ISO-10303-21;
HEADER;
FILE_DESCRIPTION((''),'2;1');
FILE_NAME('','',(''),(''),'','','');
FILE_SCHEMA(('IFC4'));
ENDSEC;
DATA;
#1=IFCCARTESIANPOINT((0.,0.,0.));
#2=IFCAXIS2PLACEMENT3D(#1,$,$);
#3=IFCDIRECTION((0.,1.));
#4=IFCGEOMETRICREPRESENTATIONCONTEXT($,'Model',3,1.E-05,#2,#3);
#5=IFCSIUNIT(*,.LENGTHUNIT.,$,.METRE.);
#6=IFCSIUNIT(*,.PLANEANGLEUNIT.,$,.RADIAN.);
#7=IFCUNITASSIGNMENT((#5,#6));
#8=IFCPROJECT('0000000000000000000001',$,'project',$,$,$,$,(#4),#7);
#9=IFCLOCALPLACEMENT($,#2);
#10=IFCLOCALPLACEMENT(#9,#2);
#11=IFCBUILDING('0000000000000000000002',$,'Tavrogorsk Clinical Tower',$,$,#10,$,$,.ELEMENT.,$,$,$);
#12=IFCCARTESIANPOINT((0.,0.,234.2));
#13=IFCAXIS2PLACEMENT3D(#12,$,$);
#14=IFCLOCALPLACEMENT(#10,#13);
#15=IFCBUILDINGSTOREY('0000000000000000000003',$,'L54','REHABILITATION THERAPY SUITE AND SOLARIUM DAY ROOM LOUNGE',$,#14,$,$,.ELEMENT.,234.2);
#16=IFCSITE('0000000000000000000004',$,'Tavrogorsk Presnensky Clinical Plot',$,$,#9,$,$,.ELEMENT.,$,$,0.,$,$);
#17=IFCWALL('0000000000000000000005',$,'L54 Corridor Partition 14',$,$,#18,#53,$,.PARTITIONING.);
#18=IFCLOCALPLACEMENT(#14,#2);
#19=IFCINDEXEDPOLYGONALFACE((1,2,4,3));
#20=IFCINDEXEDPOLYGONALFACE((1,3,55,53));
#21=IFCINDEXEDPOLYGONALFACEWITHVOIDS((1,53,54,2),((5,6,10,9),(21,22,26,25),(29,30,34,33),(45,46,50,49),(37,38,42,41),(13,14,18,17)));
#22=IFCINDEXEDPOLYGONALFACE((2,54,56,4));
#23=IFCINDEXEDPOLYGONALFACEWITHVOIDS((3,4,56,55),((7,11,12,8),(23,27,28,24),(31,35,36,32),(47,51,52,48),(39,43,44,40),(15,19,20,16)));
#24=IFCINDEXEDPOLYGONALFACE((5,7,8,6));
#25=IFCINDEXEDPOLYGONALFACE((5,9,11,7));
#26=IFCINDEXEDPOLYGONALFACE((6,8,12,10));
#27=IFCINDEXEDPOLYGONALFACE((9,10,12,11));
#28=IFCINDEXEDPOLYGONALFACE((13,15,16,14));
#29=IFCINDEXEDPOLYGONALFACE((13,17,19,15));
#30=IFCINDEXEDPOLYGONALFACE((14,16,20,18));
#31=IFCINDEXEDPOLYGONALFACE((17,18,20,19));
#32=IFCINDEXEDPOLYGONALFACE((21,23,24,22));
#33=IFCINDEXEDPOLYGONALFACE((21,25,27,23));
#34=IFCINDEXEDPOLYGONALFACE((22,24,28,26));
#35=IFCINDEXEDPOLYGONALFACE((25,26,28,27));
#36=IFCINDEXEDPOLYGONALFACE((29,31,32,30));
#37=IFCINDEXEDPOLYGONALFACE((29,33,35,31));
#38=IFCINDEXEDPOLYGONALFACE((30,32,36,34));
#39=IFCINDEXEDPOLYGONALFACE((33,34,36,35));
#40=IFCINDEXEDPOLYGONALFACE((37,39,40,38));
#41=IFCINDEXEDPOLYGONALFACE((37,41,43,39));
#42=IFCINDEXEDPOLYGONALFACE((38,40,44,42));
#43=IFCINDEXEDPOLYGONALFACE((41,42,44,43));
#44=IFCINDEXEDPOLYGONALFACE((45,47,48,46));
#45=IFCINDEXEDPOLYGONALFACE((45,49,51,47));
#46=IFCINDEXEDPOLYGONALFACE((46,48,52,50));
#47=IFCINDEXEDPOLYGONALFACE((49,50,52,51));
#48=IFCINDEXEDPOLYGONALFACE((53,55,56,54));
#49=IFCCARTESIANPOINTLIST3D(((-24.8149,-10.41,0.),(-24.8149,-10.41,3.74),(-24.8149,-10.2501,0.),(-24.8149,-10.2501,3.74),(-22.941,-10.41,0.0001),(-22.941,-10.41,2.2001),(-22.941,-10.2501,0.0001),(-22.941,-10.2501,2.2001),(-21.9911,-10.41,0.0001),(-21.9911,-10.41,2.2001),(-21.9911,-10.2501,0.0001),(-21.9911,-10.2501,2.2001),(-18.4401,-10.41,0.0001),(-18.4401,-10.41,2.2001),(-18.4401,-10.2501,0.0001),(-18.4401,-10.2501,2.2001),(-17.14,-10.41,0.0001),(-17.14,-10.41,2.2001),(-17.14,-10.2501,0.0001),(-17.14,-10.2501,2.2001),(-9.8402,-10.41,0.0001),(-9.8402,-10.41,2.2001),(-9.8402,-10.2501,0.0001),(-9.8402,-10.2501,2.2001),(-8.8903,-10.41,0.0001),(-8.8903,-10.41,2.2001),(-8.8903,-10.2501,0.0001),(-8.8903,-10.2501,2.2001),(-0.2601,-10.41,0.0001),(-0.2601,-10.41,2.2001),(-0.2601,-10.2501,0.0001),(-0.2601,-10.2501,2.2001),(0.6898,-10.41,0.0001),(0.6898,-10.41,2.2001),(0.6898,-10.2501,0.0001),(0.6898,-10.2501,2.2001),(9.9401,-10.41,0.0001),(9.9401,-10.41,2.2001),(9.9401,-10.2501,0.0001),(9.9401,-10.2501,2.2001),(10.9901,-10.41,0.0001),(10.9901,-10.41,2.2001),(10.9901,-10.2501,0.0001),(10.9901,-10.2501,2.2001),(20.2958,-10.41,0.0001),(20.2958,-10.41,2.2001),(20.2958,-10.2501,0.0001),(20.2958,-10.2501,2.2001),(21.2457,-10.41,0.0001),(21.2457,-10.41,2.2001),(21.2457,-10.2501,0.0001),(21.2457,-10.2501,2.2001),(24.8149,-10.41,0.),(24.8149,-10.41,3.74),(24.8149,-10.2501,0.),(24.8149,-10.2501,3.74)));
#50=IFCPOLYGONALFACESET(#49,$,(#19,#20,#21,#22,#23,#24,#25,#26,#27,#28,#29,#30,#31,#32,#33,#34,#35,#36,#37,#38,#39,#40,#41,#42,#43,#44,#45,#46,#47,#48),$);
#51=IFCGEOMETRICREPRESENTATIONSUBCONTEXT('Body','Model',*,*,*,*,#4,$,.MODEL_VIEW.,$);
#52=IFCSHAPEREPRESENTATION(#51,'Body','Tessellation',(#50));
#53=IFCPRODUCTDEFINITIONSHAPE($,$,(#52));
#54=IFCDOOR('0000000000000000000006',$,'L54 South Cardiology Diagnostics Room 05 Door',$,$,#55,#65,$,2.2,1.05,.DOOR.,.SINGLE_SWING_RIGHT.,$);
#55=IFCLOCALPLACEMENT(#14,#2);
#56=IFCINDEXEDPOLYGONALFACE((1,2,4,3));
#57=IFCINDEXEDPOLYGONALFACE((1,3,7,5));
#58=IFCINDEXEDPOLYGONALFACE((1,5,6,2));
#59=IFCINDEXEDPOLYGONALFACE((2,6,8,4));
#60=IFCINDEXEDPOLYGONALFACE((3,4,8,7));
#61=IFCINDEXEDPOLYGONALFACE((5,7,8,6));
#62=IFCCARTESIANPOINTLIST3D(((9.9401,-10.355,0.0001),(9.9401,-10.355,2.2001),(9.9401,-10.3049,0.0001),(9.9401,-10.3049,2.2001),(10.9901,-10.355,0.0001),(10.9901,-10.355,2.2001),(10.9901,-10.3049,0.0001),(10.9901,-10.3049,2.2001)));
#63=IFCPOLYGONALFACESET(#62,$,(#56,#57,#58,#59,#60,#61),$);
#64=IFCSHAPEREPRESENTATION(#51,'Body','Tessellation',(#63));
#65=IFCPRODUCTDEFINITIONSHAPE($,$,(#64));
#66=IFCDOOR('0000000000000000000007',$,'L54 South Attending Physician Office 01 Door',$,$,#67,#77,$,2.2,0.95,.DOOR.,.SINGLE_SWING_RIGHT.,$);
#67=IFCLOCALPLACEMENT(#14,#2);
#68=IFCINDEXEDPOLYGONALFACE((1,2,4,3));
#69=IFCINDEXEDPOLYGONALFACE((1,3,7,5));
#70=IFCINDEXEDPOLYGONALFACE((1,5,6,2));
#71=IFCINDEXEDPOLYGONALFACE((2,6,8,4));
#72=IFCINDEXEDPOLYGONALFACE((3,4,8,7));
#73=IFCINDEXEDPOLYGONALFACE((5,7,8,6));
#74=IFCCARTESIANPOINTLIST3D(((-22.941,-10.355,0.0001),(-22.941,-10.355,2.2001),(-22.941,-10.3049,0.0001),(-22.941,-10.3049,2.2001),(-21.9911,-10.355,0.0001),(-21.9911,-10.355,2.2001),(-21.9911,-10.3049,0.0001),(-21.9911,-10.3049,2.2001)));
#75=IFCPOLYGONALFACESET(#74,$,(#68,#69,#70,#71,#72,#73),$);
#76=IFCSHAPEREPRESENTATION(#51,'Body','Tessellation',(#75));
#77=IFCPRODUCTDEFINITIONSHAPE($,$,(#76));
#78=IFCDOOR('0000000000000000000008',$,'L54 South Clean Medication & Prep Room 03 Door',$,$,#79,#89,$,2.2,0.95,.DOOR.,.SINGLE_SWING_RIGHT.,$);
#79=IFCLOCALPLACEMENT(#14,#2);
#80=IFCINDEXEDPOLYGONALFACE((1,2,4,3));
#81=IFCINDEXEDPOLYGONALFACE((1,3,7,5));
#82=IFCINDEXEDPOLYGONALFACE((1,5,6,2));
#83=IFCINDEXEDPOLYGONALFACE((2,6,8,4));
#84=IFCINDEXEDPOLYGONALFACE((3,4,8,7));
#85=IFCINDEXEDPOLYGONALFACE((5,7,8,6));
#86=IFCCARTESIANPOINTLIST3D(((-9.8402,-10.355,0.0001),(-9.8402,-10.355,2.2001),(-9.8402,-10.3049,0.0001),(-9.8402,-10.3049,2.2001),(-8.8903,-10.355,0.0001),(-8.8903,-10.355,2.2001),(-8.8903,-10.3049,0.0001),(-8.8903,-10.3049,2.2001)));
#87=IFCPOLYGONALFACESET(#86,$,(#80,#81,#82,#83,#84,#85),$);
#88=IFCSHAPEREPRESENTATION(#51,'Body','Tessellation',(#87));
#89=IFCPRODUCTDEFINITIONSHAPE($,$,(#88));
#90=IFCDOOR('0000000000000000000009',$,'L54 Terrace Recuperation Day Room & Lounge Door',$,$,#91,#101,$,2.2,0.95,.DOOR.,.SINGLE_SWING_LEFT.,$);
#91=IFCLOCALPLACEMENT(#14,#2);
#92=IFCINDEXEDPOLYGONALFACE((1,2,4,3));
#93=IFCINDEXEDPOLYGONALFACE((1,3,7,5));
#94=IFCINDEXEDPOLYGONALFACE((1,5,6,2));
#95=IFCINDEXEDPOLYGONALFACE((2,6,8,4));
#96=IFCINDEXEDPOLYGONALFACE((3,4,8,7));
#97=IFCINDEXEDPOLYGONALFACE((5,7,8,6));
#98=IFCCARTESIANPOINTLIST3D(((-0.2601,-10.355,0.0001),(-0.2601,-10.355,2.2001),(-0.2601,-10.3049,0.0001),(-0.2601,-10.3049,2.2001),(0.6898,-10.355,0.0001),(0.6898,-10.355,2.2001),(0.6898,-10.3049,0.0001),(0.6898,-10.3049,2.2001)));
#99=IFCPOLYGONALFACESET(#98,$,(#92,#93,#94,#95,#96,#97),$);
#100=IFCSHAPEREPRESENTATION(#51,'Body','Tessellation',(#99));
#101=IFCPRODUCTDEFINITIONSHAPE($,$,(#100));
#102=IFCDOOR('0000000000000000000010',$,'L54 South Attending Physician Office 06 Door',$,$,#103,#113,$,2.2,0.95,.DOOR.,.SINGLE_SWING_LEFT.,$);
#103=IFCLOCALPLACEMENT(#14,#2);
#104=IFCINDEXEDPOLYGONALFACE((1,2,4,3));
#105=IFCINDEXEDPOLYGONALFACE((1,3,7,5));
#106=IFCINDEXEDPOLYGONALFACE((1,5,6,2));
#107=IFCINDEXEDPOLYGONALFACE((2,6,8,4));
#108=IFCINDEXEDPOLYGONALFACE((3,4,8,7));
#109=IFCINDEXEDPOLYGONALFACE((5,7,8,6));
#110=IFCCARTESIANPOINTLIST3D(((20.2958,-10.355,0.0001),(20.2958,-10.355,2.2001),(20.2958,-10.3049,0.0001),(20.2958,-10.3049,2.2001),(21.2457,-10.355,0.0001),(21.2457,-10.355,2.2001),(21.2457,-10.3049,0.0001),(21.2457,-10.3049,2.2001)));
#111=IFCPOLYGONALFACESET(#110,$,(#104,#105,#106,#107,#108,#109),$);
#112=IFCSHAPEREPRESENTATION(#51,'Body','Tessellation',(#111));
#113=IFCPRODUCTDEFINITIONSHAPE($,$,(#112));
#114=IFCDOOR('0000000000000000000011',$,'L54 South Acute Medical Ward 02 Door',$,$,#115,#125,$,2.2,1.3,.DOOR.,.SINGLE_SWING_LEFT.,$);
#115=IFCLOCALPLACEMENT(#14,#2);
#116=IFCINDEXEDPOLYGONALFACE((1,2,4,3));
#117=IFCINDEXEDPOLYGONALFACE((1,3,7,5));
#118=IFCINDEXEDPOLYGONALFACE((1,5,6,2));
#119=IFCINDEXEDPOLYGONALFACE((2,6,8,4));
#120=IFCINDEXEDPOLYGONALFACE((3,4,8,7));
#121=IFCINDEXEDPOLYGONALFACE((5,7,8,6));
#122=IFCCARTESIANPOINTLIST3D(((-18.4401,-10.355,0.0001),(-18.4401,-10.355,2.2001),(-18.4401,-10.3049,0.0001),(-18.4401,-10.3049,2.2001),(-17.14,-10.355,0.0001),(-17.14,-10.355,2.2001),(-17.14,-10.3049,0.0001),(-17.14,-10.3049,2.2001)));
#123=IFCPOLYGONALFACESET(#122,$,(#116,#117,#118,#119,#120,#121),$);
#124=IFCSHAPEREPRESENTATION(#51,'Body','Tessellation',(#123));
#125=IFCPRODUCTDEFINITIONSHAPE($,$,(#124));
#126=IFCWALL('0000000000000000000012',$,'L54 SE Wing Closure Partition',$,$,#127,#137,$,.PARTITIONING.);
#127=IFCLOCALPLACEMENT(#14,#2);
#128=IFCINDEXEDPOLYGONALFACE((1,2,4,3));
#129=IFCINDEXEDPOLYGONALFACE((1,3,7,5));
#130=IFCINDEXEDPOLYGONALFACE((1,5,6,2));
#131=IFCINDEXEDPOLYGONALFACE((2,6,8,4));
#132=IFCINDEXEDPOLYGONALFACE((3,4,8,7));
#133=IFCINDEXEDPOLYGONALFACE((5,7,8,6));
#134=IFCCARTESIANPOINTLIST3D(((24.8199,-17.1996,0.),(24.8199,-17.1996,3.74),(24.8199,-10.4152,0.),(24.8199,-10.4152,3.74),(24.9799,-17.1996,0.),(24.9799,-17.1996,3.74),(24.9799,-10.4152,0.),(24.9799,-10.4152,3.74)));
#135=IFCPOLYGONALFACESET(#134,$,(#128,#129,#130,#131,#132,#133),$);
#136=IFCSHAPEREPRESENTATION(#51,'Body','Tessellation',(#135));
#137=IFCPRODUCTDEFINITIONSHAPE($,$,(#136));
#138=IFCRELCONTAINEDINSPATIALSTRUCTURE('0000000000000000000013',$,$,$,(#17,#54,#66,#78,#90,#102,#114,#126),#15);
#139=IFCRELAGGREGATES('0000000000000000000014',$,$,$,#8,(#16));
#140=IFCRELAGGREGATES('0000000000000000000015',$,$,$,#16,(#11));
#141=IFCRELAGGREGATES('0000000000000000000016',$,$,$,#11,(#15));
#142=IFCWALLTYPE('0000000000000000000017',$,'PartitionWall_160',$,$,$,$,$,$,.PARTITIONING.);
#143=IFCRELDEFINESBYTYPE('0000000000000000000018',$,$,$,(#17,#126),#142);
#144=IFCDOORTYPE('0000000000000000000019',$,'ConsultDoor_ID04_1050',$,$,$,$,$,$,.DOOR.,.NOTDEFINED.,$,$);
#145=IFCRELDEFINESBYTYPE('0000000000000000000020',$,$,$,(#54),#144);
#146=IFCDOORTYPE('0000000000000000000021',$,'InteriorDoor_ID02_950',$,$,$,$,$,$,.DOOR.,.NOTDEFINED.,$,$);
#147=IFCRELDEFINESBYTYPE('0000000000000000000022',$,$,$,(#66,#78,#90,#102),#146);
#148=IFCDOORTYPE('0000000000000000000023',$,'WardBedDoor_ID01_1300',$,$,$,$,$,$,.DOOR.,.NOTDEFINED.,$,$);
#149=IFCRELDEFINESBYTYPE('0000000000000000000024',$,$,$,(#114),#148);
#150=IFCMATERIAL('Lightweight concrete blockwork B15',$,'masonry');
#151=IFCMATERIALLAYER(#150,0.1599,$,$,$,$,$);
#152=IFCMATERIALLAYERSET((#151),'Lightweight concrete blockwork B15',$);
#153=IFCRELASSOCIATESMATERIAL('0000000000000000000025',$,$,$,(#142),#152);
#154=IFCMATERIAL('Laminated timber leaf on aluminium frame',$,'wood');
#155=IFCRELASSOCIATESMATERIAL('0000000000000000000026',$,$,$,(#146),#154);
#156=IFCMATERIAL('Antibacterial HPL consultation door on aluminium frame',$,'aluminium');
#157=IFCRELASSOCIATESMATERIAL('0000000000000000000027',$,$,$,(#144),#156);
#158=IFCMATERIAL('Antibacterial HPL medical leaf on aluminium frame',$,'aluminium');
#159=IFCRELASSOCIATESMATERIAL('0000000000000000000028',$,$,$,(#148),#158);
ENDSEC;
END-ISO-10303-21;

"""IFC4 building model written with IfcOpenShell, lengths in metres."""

from ifc_helpers import new_model, si_unit, direction, frame, frame_2d, origin, place, context, subcontext, project, spatial, rectangle, extrude, material, layer, layer_set, type_object, element, fill, save


model = new_model("IFC4")

# Units and contexts
model_context = context("Model", 3, precision=1e-05, world=origin(), true_north=direction((0.0, 1.0)))
body_context = subcontext(model_context, "Body", "Model", "MODEL_VIEW")
ifc_project = project(units=[si_unit("LENGTHUNIT", "METRE"), si_unit("PLANEANGLEUNIT", "RADIAN")], contexts=[model_context])

# Site, building, storey
site_placement = place(None, origin())
site = spatial("IfcSite", under=ifc_project, at=site_placement, Name="Tavrogorsk Presnensky Clinical Plot", CompositionType="ELEMENT", RefElevation=0.0)
building_placement = place(site_placement, origin())
building = spatial("IfcBuilding", under=site, at=building_placement, Name="Tavrogorsk Clinical Tower", CompositionType="ELEMENT")
storey_placement = place(building_placement, frame((0.0, 0.0, 234.2)))
storey = spatial("IfcBuildingStorey", under=building, at=storey_placement, Name="L54", Description="REHABILITATION THERAPY SUITE AND SOLARIUM DAY ROOM LOUNGE", CompositionType="ELEMENT", Elevation=234.2)

# Shared definitions
ifc_material_1 = material(Name="Lightweight concrete blockwork B15", Category="masonry")
ifc_layer_1 = layer(ifc_material_1, 0.1599)
ifc_layer_set_1 = layer_set([ifc_layer_1], Name="Lightweight concrete blockwork B15")
wall_type_1 = type_object("IfcWallType", Name="PartitionWall_160", PredefinedType="PARTITIONING", material=ifc_layer_set_1)

# Shared definitions
ifc_material_2 = material(Name="Laminated timber leaf on aluminium frame", Category="wood")
door_type_1 = type_object("IfcDoorType", Name="InteriorDoor_ID02_950", OperationType="NOTDEFINED", PredefinedType="DOOR", material=ifc_material_2)

# Wall, openings, doors
wall_1_placement = place(storey_placement, frame((24.8149, -10.3301, 0.0), z_axis=(0.0, 0.0, 1.0), x_axis=(-1.0, 0.0, 0.0)))
wall_1 = element("IfcWall", 1, at=wall_1_placement, inside=storey, type_object=wall_type_1, Name="L54 Corridor Partition 14", PredefinedType="PARTITIONING", context=body_context, shape_type="SweptSolid", body=[
    extrude(rectangle(XDim=49.6299, YDim=0.1599, at=frame_2d((24.8149, 0.0))), origin(), (0.0, 0.0, 1.0), 3.74),
])
opening_1_placement = place(wall_1_placement, frame((46.8059, 0.0, 0.0)))
opening_1 = element("IfcOpeningElement", 2, at=opening_1_placement, cuts=wall_1, PredefinedType="OPENING", context=body_context, shape_type="SweptSolid", body=[
    extrude(rectangle(XDim=0.95, YDim=2.2, at=frame_2d((0.4751, 1.1001))), frame((0.0, 0.0898, 0.0), z_axis=(0.0, -1.0, 0.0), x_axis=(1.0, 0.0, 0.0)), (0.0, 0.0, 1.0), 0.1799),
])
opening_2_placement = place(wall_1_placement, frame((41.9551, 0.0, 0.0)))
opening_2 = element("IfcOpeningElement", 3, at=opening_2_placement, cuts=wall_1, PredefinedType="OPENING", context=body_context, shape_type="SweptSolid", body=[
    extrude(rectangle(XDim=1.3, YDim=2.2, at=frame_2d((0.6499, 1.1001))), frame((0.0, 0.0898, 0.0), z_axis=(0.0, -1.0, 0.0), x_axis=(1.0, 0.0, 0.0)), (0.0, 0.0, 1.0), 0.1799),
])
opening_3_placement = place(wall_1_placement, frame((33.7051, 0.0, 0.0)))
opening_3 = element("IfcOpeningElement", 4, at=opening_3_placement, cuts=wall_1, PredefinedType="OPENING", context=body_context, shape_type="SweptSolid", body=[
    extrude(rectangle(XDim=0.95, YDim=2.2, at=frame_2d((0.4751, 1.1001))), frame((0.0, 0.0898, 0.0), z_axis=(0.0, -1.0, 0.0), x_axis=(1.0, 0.0, 0.0)), (0.0, 0.0, 1.0), 0.1799),
])
opening_4_placement = place(wall_1_placement, frame((24.125, 0.0, 0.0)))
opening_4 = element("IfcOpeningElement", 5, at=opening_4_placement, cuts=wall_1, PredefinedType="OPENING", context=body_context, shape_type="SweptSolid", body=[
    extrude(rectangle(XDim=0.95, YDim=2.2, at=frame_2d((0.4751, 1.1001))), frame((0.0, 0.0898, 0.0), z_axis=(0.0, -1.0, 0.0), x_axis=(1.0, 0.0, 0.0)), (0.0, 0.0, 1.0), 0.1799),
])
opening_5_placement = place(wall_1_placement, frame((13.825, 0.0, 0.0)))
opening_5 = element("IfcOpeningElement", 6, at=opening_5_placement, cuts=wall_1, PredefinedType="OPENING", context=body_context, shape_type="SweptSolid", body=[
    extrude(rectangle(XDim=1.05, YDim=2.2, at=frame_2d((0.5249, 1.1001))), frame((0.0, 0.0898, 0.0), z_axis=(0.0, -1.0, 0.0), x_axis=(1.0, 0.0, 0.0)), (0.0, 0.0, 1.0), 0.1799),
])
opening_6_placement = place(wall_1_placement, frame((3.5691, 0.0, 0.0)))
opening_6 = element("IfcOpeningElement", 7, at=opening_6_placement, cuts=wall_1, PredefinedType="OPENING", context=body_context, shape_type="SweptSolid", body=[
    extrude(rectangle(XDim=0.95, YDim=2.2, at=frame_2d((0.4751, 1.1001))), frame((0.0, 0.0898, 0.0), z_axis=(0.0, -1.0, 0.0), x_axis=(1.0, 0.0, 0.0)), (0.0, 0.0, 1.0), 0.1799),
])
ifc_material_3 = material(Name="Antibacterial HPL consultation door on aluminium frame", Category="aluminium")
door_type_2 = type_object("IfcDoorType", Name="ConsultDoor_ID04_1050", OperationType="NOTDEFINED", PredefinedType="DOOR", material=ifc_material_3)
door_1_placement = place(opening_5_placement, origin())
door_1 = element("IfcDoor", 8, at=door_1_placement, inside=storey, type_object=door_type_2, Name="L54 South Cardiology Diagnostics Room 05 Door", OperationType="SINGLE_SWING_RIGHT", OverallHeight=2.2, OverallWidth=1.05, PredefinedType="DOOR", context=body_context, shape_type="SweptSolid", body=[
    extrude(rectangle(XDim=1.05, YDim=2.2, at=frame_2d((0.5249, 1.1001))), frame((0.0, 0.0249, 0.0), z_axis=(0.0, -1.0, 0.0), x_axis=(1.0, 0.0, 0.0)), (0.0, 0.0, 1.0), 0.05),
])
fill(opening_5, door_1)
door_2_placement = place(opening_1_placement, origin())
door_2 = element("IfcDoor", 9, at=door_2_placement, inside=storey, type_object=door_type_1, Name="L54 South Attending Physician Office 01 Door", OperationType="SINGLE_SWING_RIGHT", OverallHeight=2.2, OverallWidth=0.95, PredefinedType="DOOR", context=body_context, shape_type="SweptSolid", body=[
    extrude(rectangle(XDim=0.95, YDim=2.2, at=frame_2d((0.4751, 1.1001))), frame((0.0, 0.0249, 0.0), z_axis=(0.0, -1.0, 0.0), x_axis=(1.0, 0.0, 0.0)), (0.0, 0.0, 1.0), 0.05),
])
fill(opening_1, door_2)
door_3_placement = place(opening_3_placement, origin())
door_3 = element("IfcDoor", 10, at=door_3_placement, inside=storey, type_object=door_type_1, Name="L54 South Clean Medication & Prep Room 03 Door", OperationType="SINGLE_SWING_RIGHT", OverallHeight=2.2, OverallWidth=0.95, PredefinedType="DOOR", context=body_context, shape_type="SweptSolid", body=[
    extrude(rectangle(XDim=0.95, YDim=2.2, at=frame_2d((0.4751, 1.1001))), frame((0.0, 0.0249, 0.0), z_axis=(0.0, -1.0, 0.0), x_axis=(1.0, 0.0, 0.0)), (0.0, 0.0, 1.0), 0.05),
])
fill(opening_3, door_3)
door_4_placement = place(opening_4_placement, origin())
door_4 = element("IfcDoor", 11, at=door_4_placement, inside=storey, type_object=door_type_1, Name="L54 Terrace Recuperation Day Room & Lounge Door", OperationType="SINGLE_SWING_LEFT", OverallHeight=2.2, OverallWidth=0.95, PredefinedType="DOOR", context=body_context, shape_type="SweptSolid", body=[
    extrude(rectangle(XDim=0.95, YDim=2.2, at=frame_2d((0.4751, 1.1001))), frame((0.0, 0.0249, 0.0), z_axis=(0.0, -1.0, 0.0), x_axis=(1.0, 0.0, 0.0)), (0.0, 0.0, 1.0), 0.05),
])
fill(opening_4, door_4)
door_5_placement = place(opening_6_placement, origin())
door_5 = element("IfcDoor", 12, at=door_5_placement, inside=storey, type_object=door_type_1, Name="L54 South Attending Physician Office 06 Door", OperationType="SINGLE_SWING_LEFT", OverallHeight=2.2, OverallWidth=0.95, PredefinedType="DOOR", context=body_context, shape_type="SweptSolid", body=[
    extrude(rectangle(XDim=0.95, YDim=2.2, at=frame_2d((0.4751, 1.1001))), frame((0.0, 0.0249, 0.0), z_axis=(0.0, -1.0, 0.0), x_axis=(1.0, 0.0, 0.0)), (0.0, 0.0, 1.0), 0.05),
])
fill(opening_6, door_5)
ifc_material_4 = material(Name="Antibacterial HPL medical leaf on aluminium frame", Category="aluminium")
door_type_3 = type_object("IfcDoorType", Name="WardBedDoor_ID01_1300", OperationType="NOTDEFINED", PredefinedType="DOOR", material=ifc_material_4)
door_6_placement = place(opening_2_placement, origin())
door_6 = element("IfcDoor", 13, at=door_6_placement, inside=storey, type_object=door_type_3, Name="L54 South Acute Medical Ward 02 Door", OperationType="SINGLE_SWING_LEFT", OverallHeight=2.2, OverallWidth=1.3, PredefinedType="DOOR", context=body_context, shape_type="SweptSolid", body=[
    extrude(rectangle(XDim=1.3, YDim=2.2, at=frame_2d((0.6499, 1.1001))), frame((0.0, 0.0249, 0.0), z_axis=(0.0, -1.0, 0.0), x_axis=(1.0, 0.0, 0.0)), (0.0, 0.0, 1.0), 0.05),
])
fill(opening_2, door_6)

# Wall
wall_2_placement = place(storey_placement, frame((24.8999, -17.1995, 0.0), z_axis=(0.0, 0.0, 1.0), x_axis=(0.0, 1.0, 0.0)))
element("IfcWall", 14, at=wall_2_placement, inside=storey, type_object=wall_type_1, Name="L54 SE Wing Closure Partition", PredefinedType="PARTITIONING", context=body_context, shape_type="SweptSolid", body=[
    extrude(rectangle(XDim=6.7844, YDim=0.1599, at=frame_2d((3.3921, 0.0))), origin(), (0.0, 0.0, 1.0), 3.74),
])

save(model, "model.ifc")
